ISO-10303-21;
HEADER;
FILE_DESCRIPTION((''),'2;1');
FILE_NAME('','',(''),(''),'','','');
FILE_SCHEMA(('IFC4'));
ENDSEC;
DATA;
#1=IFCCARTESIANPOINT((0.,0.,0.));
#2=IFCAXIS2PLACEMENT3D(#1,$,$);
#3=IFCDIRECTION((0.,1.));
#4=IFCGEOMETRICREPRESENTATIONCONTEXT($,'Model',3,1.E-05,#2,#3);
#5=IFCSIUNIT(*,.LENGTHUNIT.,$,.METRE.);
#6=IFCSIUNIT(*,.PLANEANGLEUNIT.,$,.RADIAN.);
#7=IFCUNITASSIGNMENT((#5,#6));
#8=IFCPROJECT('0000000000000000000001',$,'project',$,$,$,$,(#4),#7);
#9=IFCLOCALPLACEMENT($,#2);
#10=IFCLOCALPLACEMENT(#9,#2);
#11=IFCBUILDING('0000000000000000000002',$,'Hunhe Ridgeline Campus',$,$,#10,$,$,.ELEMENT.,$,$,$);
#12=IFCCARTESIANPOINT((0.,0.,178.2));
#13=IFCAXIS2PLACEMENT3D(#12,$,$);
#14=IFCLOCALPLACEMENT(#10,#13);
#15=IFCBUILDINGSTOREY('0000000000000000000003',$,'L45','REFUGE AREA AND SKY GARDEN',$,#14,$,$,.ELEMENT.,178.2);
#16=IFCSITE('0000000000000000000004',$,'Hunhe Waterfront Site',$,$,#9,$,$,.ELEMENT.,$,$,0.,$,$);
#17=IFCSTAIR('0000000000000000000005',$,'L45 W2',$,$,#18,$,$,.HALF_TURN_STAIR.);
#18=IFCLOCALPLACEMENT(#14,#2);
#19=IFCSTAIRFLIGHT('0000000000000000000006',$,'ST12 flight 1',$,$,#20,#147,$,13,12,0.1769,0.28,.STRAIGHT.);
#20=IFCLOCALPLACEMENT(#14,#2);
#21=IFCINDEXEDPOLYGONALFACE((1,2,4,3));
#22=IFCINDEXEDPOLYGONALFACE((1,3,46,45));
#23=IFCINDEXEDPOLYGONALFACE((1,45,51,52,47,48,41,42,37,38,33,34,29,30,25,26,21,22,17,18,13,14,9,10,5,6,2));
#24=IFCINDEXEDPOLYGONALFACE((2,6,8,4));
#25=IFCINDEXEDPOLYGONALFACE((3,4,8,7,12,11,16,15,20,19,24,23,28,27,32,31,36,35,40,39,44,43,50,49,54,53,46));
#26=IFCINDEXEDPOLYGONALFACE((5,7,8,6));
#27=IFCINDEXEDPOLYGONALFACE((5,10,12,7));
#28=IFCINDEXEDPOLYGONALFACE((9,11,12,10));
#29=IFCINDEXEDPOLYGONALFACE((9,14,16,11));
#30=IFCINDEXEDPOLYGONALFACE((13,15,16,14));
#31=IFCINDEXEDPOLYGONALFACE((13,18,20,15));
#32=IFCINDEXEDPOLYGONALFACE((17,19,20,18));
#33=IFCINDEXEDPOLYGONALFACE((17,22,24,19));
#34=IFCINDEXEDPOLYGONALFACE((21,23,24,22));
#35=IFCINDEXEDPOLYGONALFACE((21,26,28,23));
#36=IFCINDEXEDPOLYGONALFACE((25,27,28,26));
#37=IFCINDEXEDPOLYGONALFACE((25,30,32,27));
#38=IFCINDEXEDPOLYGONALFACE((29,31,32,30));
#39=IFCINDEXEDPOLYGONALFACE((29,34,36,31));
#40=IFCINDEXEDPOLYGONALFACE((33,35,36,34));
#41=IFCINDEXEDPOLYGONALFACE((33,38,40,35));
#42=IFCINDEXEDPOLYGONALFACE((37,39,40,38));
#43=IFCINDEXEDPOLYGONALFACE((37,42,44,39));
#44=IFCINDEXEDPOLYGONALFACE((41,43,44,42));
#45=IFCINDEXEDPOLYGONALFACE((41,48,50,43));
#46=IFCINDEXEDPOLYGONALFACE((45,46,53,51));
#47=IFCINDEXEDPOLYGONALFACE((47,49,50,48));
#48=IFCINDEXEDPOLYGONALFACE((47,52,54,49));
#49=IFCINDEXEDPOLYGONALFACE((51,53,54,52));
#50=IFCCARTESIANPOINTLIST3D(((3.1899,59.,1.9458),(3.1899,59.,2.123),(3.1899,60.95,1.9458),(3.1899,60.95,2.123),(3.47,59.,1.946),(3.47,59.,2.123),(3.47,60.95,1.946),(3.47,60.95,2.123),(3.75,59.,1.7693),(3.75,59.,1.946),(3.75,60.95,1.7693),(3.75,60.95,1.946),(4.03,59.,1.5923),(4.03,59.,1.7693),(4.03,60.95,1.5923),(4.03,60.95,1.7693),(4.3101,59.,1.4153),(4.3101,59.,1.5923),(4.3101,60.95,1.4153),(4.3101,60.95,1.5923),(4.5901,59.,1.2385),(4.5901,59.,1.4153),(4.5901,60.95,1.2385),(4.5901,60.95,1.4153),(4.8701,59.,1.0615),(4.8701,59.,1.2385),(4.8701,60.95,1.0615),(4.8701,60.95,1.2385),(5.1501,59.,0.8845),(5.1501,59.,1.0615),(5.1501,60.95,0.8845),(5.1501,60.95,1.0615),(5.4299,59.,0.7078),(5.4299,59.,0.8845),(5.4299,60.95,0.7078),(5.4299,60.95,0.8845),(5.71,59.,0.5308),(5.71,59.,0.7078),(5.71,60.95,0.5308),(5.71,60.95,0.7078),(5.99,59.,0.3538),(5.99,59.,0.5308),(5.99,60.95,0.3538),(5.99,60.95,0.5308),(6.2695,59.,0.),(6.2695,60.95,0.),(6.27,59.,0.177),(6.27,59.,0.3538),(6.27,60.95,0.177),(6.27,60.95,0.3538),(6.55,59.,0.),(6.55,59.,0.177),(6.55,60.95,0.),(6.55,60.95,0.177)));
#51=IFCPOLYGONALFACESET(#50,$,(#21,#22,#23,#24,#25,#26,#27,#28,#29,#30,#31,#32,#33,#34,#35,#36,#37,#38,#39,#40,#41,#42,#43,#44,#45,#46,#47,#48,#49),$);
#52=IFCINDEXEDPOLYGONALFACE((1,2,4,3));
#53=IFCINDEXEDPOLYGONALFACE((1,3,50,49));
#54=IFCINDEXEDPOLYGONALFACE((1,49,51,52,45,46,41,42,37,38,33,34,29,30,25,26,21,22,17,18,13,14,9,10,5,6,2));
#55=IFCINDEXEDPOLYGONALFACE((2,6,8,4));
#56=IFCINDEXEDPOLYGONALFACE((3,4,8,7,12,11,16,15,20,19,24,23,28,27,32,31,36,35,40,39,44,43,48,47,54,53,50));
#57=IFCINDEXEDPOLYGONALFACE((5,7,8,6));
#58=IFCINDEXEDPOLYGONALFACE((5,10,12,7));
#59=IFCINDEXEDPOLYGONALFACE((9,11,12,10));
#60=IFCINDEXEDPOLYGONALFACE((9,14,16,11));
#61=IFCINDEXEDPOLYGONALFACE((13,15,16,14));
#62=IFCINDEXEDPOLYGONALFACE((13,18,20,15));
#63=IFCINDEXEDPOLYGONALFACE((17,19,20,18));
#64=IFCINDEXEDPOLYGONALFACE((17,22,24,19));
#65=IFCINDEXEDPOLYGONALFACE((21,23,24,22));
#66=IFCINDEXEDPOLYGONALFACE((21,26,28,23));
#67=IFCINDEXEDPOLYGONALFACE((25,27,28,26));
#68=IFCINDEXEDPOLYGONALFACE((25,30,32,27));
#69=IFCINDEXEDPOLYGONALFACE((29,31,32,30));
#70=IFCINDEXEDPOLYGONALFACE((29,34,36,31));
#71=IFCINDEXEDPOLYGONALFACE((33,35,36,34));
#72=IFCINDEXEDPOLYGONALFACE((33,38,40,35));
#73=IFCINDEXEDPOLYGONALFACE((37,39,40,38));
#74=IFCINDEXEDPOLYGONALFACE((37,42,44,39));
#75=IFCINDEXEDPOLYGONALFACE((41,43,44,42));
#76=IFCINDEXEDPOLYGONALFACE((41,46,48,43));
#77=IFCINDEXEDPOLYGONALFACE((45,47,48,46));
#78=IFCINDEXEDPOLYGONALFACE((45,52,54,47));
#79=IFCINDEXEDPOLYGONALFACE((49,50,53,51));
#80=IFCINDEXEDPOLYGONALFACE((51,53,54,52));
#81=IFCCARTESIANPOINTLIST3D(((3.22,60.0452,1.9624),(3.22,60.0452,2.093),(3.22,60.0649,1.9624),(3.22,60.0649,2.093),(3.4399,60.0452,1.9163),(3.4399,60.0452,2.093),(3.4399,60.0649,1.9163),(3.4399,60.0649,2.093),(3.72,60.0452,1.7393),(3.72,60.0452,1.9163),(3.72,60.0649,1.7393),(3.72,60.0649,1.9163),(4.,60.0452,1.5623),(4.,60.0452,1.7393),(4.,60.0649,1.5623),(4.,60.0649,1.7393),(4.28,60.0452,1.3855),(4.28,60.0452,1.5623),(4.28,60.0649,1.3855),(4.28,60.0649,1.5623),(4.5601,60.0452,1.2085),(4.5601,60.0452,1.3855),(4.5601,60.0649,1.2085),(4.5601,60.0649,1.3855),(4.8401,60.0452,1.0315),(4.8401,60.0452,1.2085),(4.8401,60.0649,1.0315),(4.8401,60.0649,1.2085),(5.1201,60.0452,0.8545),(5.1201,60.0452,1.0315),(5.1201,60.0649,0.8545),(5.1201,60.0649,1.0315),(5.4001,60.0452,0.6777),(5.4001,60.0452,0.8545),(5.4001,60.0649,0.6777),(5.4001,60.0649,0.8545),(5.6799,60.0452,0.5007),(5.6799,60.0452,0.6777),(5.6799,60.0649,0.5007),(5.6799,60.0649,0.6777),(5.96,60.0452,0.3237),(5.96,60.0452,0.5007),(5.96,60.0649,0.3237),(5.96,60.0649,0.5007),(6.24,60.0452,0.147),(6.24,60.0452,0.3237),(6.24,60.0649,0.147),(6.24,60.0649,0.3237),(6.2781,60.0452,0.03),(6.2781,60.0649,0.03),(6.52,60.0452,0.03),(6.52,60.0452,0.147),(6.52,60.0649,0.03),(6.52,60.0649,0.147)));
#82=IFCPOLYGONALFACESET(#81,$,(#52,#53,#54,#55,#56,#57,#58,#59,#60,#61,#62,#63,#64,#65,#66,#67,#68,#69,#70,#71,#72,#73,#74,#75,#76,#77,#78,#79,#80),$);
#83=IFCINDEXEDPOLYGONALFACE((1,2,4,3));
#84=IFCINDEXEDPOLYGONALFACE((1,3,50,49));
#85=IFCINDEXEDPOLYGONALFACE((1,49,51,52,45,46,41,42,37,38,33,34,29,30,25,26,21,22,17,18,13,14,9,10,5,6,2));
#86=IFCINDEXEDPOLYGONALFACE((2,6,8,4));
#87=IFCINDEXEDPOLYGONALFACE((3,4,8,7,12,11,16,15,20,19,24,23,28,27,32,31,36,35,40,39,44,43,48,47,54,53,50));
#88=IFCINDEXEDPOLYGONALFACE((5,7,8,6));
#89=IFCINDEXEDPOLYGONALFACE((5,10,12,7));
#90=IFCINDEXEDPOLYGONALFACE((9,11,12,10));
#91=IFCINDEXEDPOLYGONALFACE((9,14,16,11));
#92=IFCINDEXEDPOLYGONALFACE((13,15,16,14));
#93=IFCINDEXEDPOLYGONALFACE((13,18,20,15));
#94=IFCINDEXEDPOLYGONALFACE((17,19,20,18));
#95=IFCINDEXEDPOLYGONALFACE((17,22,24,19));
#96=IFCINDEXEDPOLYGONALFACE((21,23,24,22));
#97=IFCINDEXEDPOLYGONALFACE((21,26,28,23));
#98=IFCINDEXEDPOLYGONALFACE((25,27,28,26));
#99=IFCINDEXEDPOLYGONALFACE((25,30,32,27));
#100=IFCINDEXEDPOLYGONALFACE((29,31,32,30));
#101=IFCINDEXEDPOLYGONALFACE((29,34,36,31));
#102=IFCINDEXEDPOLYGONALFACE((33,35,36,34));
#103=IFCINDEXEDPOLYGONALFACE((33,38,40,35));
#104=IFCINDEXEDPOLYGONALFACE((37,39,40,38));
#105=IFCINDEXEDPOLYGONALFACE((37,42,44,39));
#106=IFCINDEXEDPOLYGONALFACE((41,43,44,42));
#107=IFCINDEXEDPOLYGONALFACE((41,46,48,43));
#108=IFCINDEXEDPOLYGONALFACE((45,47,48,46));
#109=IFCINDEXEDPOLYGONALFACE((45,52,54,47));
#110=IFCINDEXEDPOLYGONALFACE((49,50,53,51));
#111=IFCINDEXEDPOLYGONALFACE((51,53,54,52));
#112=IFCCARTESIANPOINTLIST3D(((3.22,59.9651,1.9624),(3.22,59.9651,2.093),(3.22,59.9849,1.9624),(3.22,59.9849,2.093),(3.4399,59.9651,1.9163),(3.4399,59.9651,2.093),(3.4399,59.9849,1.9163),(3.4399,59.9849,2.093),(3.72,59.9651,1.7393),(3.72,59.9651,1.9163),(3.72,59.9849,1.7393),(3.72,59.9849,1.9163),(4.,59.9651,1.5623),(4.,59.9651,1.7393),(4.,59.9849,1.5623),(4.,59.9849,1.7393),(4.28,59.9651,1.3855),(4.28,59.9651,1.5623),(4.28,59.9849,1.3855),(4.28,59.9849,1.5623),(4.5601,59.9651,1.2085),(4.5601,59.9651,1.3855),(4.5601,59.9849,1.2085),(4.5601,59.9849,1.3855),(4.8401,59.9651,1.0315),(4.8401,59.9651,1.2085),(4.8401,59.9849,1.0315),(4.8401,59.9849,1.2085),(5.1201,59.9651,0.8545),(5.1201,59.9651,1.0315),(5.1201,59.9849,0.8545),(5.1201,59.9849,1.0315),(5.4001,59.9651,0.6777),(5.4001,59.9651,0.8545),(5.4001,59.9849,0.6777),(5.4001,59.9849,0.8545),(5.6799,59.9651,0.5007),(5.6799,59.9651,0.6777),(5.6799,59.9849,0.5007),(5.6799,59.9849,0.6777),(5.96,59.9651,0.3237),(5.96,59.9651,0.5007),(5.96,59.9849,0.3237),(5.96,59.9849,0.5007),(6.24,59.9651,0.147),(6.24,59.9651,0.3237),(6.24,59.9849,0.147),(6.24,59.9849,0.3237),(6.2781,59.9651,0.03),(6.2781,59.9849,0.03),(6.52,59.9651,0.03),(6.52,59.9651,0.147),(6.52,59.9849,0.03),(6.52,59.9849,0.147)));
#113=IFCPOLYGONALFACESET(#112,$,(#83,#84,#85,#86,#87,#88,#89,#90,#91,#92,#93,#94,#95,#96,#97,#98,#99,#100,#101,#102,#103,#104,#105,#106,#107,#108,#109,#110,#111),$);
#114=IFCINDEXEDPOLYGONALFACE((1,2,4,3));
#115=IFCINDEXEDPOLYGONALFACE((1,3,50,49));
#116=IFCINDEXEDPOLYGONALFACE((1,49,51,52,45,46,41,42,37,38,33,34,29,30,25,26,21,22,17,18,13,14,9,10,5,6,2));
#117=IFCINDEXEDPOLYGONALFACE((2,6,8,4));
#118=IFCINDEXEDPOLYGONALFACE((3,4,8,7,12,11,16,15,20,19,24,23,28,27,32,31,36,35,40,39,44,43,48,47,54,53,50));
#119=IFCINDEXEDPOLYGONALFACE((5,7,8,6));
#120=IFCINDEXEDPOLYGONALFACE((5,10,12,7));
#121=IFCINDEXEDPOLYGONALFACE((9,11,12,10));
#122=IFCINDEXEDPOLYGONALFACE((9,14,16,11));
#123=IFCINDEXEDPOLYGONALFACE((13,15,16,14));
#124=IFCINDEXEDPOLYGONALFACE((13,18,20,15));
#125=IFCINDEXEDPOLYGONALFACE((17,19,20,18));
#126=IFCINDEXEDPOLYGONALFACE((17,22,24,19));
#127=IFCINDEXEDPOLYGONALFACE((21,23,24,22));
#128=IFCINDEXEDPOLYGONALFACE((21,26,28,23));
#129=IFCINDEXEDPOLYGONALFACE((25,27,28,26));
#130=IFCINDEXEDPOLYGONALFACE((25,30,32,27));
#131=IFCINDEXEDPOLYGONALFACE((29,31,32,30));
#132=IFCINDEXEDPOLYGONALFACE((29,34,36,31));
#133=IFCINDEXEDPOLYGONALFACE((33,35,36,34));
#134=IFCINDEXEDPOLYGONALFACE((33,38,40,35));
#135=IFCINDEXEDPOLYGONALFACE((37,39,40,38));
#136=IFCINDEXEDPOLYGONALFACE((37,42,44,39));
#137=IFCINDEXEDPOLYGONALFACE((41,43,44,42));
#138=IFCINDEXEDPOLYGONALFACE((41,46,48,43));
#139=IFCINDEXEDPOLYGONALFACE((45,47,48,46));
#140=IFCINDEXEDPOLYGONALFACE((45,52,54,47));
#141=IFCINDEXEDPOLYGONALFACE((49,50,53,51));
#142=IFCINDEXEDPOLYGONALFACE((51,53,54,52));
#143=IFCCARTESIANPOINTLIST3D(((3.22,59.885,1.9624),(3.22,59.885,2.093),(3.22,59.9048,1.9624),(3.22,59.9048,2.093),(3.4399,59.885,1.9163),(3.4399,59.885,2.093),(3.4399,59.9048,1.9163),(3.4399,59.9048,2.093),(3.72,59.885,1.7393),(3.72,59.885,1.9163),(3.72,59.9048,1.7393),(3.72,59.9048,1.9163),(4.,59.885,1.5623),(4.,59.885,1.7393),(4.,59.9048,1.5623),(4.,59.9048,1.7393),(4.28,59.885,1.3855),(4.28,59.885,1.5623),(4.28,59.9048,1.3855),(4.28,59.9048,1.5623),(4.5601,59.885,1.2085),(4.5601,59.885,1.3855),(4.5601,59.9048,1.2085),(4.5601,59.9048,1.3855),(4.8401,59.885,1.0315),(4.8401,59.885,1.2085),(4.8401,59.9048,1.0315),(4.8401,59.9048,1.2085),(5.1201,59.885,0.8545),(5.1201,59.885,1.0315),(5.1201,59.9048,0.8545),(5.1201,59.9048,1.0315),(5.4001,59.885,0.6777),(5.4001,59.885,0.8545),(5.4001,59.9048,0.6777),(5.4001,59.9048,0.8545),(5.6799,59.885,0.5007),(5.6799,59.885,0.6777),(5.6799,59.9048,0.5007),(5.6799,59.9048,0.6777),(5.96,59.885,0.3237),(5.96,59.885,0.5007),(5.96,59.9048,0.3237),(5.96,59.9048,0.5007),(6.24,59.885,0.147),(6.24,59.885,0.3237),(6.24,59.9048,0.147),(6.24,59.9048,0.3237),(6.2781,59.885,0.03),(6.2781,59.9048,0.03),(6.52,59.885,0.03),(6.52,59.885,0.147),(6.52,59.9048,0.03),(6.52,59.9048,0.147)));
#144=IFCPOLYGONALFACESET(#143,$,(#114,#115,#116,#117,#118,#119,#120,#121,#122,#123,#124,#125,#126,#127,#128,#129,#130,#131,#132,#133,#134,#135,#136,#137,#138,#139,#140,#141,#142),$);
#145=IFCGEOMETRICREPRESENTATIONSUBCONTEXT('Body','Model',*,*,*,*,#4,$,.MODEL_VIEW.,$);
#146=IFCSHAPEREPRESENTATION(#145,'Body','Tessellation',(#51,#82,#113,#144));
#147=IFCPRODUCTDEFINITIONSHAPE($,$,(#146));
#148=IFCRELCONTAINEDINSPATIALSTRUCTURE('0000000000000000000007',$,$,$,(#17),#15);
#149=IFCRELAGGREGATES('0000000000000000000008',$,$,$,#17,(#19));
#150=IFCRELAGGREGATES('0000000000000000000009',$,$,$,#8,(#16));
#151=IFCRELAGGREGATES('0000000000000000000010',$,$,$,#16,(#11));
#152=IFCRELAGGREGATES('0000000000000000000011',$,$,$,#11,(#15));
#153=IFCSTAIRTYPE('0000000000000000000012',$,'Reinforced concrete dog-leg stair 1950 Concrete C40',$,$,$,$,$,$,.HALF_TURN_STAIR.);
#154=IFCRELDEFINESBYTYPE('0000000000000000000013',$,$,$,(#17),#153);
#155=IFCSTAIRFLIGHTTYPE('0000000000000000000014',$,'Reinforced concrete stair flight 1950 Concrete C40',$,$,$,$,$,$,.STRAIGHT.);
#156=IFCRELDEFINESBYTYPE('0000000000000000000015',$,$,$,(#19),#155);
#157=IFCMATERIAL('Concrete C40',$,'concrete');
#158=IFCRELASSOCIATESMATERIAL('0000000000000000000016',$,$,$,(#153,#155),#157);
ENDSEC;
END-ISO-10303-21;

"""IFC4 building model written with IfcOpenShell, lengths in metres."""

from ifc_helpers import new_model, si_unit, direction, frame, origin, place, context, subcontext, project, spatial, polyline, outline, extrude, material, type_object, element, aggregate, save


model = new_model("IFC4")

# Units and contexts
model_context = context("Model", 3, precision=1e-05, world=origin(), true_north=direction((0.0, 1.0)))
body_context = subcontext(model_context, "Body", "Model", "MODEL_VIEW")
ifc_project = project(units=[si_unit("LENGTHUNIT", "METRE"), si_unit("PLANEANGLEUNIT", "RADIAN")], contexts=[model_context])

# Site, building, storey
site_placement = place(None, origin())
site = spatial("IfcSite", under=ifc_project, at=site_placement, Name="Hunhe Waterfront Site", CompositionType="ELEMENT", RefElevation=0.0)
building_placement = place(site_placement, origin())
building = spatial("IfcBuilding", under=site, at=building_placement, Name="Hunhe Ridgeline Campus", CompositionType="ELEMENT")
storey_placement = place(building_placement, frame((0.0, 0.0, 178.2)))
storey = spatial("IfcBuildingStorey", under=building, at=storey_placement, Name="L45", Description="REFUGE AREA AND SKY GARDEN", CompositionType="ELEMENT", Elevation=178.2)

# Shared definitions
ifc_material_1 = material(Name="Concrete C40", Category="concrete")
stair_type = type_object("IfcStairType", Name="Reinforced concrete dog-leg stair 1950 Concrete C40", PredefinedType="HALF_TURN_STAIR", material=ifc_material_1)
stair_flight_type = type_object("IfcStairFlightType", Name="Reinforced concrete stair flight 1950 Concrete C40", PredefinedType="STRAIGHT", material=ifc_material_1)

# Stair, stair flight
stair_1_placement = place(storey_placement, origin())
stair_1 = element("IfcStair", 1, at=stair_1_placement, inside=storey, type_object=stair_type, Name="L45 W2", PredefinedType="HALF_TURN_STAIR")
stair_flight_1_placement = place(storey_placement, frame((6.55, 59.9751, 0.0), z_axis=(0.0, 0.0, 1.0), x_axis=(-1.0, 0.0, 0.0)))
stair_flight_1 = element("IfcStairFlight", 2, at=stair_flight_1_placement, type_object=stair_flight_type, Name="ST12 flight 1", NumberOfRisers=13, NumberOfTreads=12, PredefinedType="STRAIGHT", RiserHeight=0.1769, TreadLength=0.28, context=body_context, shape_type="SweptSolid", body=[
    extrude(outline(polyline([(0.0, 0.0), (0.0, 0.177), (0.28, 0.177), (0.28, 0.3538), (0.5601, 0.3538), (0.5601, 0.5308), (0.8401, 0.5308), (0.8401, 0.7078), (1.1201, 0.7078), (1.1201, 0.8845), (1.3999, 0.8845), (1.3999, 1.0615), (1.6799, 1.0615), (1.6799, 1.2385), (1.96, 1.2385), (1.96, 1.4153), (2.24, 1.4153), (2.24, 1.5923), (2.52, 1.5923), (2.52, 1.7693), (2.8, 1.7693), (2.8, 1.946), (3.0801, 1.946), (3.0801, 2.123), (3.3601, 2.123), (3.3601, 2.3), (3.3601, 1.9458), (0.2805, 0.0), (0.0, 0.0)])), frame((0.0, 0.9751, 0.0), z_axis=(0.0, -1.0, 0.0), x_axis=(1.0, 0.0, 0.0)), (0.0, 0.0, 1.0), 1.95),
    extrude(outline(polyline([(0.03, 0.03), (0.03, 0.147), (0.3101, 0.147), (0.3101, 0.3237), (0.5901, 0.3237), (0.5901, 0.5007), (0.8701, 0.5007), (0.8701, 0.6777), (1.1499, 0.6777), (1.1499, 0.8545), (1.4299, 0.8545), (1.4299, 1.0315), (1.71, 1.0315), (1.71, 1.2085), (1.99, 1.2085), (1.99, 1.3855), (2.27, 1.3855), (2.27, 1.5623), (2.55, 1.5623), (2.55, 1.7393), (2.8301, 1.7393), (2.8301, 1.9163), (3.1101, 1.9163), (3.1101, 2.093), (3.3301, 2.093), (3.3301, 1.9624), (0.272, 0.03), (0.03, 0.03)])), frame((0.0, -0.0701, 0.0), z_axis=(0.0, -1.0, 0.0), x_axis=(1.0, 0.0, 0.0)), (0.0, 0.0, 1.0), 0.0198),
    extrude(outline(polyline([(0.03, 0.03), (0.03, 0.147), (0.3101, 0.147), (0.3101, 0.3237), (0.5901, 0.3237), (0.5901, 0.5007), (0.8701, 0.5007), (0.8701, 0.6777), (1.1499, 0.6777), (1.1499, 0.8545), (1.4299, 0.8545), (1.4299, 1.0315), (1.71, 1.0315), (1.71, 1.2085), (1.99, 1.2085), (1.99, 1.3855), (2.27, 1.3855), (2.27, 1.5623), (2.55, 1.5623), (2.55, 1.7393), (2.8301, 1.7393), (2.8301, 1.9163), (3.1101, 1.9163), (3.1101, 2.093), (3.3301, 2.093), (3.3301, 1.9624), (0.272, 0.03), (0.03, 0.03)])), frame((0.0, 0.01, 0.0), z_axis=(0.0, -1.0, 0.0), x_axis=(1.0, 0.0, 0.0)), (0.0, 0.0, 1.0), 0.0198),
    extrude(outline(polyline([(0.03, 0.03), (0.03, 0.147), (0.3101, 0.147), (0.3101, 0.3237), (0.5901, 0.3237), (0.5901, 0.5007), (0.8701, 0.5007), (0.8701, 0.6777), (1.1499, 0.6777), (1.1499, 0.8545), (1.4299, 0.8545), (1.4299, 1.0315), (1.71, 1.0315), (1.71, 1.2085), (1.99, 1.2085), (1.99, 1.3855), (2.27, 1.3855), (2.27, 1.5623), (2.55, 1.5623), (2.55, 1.7393), (2.8301, 1.7393), (2.8301, 1.9163), (3.1101, 1.9163), (3.1101, 2.093), (3.3301, 2.093), (3.3301, 1.9624), (0.272, 0.03), (0.03, 0.03)])), frame((0.0, 0.0901, 0.0), z_axis=(0.0, -1.0, 0.0), x_axis=(1.0, 0.0, 0.0)), (0.0, 0.0, 1.0), 0.0198),
])
aggregate(stair_1, [stair_flight_1])

save(model, "model.ifc")
